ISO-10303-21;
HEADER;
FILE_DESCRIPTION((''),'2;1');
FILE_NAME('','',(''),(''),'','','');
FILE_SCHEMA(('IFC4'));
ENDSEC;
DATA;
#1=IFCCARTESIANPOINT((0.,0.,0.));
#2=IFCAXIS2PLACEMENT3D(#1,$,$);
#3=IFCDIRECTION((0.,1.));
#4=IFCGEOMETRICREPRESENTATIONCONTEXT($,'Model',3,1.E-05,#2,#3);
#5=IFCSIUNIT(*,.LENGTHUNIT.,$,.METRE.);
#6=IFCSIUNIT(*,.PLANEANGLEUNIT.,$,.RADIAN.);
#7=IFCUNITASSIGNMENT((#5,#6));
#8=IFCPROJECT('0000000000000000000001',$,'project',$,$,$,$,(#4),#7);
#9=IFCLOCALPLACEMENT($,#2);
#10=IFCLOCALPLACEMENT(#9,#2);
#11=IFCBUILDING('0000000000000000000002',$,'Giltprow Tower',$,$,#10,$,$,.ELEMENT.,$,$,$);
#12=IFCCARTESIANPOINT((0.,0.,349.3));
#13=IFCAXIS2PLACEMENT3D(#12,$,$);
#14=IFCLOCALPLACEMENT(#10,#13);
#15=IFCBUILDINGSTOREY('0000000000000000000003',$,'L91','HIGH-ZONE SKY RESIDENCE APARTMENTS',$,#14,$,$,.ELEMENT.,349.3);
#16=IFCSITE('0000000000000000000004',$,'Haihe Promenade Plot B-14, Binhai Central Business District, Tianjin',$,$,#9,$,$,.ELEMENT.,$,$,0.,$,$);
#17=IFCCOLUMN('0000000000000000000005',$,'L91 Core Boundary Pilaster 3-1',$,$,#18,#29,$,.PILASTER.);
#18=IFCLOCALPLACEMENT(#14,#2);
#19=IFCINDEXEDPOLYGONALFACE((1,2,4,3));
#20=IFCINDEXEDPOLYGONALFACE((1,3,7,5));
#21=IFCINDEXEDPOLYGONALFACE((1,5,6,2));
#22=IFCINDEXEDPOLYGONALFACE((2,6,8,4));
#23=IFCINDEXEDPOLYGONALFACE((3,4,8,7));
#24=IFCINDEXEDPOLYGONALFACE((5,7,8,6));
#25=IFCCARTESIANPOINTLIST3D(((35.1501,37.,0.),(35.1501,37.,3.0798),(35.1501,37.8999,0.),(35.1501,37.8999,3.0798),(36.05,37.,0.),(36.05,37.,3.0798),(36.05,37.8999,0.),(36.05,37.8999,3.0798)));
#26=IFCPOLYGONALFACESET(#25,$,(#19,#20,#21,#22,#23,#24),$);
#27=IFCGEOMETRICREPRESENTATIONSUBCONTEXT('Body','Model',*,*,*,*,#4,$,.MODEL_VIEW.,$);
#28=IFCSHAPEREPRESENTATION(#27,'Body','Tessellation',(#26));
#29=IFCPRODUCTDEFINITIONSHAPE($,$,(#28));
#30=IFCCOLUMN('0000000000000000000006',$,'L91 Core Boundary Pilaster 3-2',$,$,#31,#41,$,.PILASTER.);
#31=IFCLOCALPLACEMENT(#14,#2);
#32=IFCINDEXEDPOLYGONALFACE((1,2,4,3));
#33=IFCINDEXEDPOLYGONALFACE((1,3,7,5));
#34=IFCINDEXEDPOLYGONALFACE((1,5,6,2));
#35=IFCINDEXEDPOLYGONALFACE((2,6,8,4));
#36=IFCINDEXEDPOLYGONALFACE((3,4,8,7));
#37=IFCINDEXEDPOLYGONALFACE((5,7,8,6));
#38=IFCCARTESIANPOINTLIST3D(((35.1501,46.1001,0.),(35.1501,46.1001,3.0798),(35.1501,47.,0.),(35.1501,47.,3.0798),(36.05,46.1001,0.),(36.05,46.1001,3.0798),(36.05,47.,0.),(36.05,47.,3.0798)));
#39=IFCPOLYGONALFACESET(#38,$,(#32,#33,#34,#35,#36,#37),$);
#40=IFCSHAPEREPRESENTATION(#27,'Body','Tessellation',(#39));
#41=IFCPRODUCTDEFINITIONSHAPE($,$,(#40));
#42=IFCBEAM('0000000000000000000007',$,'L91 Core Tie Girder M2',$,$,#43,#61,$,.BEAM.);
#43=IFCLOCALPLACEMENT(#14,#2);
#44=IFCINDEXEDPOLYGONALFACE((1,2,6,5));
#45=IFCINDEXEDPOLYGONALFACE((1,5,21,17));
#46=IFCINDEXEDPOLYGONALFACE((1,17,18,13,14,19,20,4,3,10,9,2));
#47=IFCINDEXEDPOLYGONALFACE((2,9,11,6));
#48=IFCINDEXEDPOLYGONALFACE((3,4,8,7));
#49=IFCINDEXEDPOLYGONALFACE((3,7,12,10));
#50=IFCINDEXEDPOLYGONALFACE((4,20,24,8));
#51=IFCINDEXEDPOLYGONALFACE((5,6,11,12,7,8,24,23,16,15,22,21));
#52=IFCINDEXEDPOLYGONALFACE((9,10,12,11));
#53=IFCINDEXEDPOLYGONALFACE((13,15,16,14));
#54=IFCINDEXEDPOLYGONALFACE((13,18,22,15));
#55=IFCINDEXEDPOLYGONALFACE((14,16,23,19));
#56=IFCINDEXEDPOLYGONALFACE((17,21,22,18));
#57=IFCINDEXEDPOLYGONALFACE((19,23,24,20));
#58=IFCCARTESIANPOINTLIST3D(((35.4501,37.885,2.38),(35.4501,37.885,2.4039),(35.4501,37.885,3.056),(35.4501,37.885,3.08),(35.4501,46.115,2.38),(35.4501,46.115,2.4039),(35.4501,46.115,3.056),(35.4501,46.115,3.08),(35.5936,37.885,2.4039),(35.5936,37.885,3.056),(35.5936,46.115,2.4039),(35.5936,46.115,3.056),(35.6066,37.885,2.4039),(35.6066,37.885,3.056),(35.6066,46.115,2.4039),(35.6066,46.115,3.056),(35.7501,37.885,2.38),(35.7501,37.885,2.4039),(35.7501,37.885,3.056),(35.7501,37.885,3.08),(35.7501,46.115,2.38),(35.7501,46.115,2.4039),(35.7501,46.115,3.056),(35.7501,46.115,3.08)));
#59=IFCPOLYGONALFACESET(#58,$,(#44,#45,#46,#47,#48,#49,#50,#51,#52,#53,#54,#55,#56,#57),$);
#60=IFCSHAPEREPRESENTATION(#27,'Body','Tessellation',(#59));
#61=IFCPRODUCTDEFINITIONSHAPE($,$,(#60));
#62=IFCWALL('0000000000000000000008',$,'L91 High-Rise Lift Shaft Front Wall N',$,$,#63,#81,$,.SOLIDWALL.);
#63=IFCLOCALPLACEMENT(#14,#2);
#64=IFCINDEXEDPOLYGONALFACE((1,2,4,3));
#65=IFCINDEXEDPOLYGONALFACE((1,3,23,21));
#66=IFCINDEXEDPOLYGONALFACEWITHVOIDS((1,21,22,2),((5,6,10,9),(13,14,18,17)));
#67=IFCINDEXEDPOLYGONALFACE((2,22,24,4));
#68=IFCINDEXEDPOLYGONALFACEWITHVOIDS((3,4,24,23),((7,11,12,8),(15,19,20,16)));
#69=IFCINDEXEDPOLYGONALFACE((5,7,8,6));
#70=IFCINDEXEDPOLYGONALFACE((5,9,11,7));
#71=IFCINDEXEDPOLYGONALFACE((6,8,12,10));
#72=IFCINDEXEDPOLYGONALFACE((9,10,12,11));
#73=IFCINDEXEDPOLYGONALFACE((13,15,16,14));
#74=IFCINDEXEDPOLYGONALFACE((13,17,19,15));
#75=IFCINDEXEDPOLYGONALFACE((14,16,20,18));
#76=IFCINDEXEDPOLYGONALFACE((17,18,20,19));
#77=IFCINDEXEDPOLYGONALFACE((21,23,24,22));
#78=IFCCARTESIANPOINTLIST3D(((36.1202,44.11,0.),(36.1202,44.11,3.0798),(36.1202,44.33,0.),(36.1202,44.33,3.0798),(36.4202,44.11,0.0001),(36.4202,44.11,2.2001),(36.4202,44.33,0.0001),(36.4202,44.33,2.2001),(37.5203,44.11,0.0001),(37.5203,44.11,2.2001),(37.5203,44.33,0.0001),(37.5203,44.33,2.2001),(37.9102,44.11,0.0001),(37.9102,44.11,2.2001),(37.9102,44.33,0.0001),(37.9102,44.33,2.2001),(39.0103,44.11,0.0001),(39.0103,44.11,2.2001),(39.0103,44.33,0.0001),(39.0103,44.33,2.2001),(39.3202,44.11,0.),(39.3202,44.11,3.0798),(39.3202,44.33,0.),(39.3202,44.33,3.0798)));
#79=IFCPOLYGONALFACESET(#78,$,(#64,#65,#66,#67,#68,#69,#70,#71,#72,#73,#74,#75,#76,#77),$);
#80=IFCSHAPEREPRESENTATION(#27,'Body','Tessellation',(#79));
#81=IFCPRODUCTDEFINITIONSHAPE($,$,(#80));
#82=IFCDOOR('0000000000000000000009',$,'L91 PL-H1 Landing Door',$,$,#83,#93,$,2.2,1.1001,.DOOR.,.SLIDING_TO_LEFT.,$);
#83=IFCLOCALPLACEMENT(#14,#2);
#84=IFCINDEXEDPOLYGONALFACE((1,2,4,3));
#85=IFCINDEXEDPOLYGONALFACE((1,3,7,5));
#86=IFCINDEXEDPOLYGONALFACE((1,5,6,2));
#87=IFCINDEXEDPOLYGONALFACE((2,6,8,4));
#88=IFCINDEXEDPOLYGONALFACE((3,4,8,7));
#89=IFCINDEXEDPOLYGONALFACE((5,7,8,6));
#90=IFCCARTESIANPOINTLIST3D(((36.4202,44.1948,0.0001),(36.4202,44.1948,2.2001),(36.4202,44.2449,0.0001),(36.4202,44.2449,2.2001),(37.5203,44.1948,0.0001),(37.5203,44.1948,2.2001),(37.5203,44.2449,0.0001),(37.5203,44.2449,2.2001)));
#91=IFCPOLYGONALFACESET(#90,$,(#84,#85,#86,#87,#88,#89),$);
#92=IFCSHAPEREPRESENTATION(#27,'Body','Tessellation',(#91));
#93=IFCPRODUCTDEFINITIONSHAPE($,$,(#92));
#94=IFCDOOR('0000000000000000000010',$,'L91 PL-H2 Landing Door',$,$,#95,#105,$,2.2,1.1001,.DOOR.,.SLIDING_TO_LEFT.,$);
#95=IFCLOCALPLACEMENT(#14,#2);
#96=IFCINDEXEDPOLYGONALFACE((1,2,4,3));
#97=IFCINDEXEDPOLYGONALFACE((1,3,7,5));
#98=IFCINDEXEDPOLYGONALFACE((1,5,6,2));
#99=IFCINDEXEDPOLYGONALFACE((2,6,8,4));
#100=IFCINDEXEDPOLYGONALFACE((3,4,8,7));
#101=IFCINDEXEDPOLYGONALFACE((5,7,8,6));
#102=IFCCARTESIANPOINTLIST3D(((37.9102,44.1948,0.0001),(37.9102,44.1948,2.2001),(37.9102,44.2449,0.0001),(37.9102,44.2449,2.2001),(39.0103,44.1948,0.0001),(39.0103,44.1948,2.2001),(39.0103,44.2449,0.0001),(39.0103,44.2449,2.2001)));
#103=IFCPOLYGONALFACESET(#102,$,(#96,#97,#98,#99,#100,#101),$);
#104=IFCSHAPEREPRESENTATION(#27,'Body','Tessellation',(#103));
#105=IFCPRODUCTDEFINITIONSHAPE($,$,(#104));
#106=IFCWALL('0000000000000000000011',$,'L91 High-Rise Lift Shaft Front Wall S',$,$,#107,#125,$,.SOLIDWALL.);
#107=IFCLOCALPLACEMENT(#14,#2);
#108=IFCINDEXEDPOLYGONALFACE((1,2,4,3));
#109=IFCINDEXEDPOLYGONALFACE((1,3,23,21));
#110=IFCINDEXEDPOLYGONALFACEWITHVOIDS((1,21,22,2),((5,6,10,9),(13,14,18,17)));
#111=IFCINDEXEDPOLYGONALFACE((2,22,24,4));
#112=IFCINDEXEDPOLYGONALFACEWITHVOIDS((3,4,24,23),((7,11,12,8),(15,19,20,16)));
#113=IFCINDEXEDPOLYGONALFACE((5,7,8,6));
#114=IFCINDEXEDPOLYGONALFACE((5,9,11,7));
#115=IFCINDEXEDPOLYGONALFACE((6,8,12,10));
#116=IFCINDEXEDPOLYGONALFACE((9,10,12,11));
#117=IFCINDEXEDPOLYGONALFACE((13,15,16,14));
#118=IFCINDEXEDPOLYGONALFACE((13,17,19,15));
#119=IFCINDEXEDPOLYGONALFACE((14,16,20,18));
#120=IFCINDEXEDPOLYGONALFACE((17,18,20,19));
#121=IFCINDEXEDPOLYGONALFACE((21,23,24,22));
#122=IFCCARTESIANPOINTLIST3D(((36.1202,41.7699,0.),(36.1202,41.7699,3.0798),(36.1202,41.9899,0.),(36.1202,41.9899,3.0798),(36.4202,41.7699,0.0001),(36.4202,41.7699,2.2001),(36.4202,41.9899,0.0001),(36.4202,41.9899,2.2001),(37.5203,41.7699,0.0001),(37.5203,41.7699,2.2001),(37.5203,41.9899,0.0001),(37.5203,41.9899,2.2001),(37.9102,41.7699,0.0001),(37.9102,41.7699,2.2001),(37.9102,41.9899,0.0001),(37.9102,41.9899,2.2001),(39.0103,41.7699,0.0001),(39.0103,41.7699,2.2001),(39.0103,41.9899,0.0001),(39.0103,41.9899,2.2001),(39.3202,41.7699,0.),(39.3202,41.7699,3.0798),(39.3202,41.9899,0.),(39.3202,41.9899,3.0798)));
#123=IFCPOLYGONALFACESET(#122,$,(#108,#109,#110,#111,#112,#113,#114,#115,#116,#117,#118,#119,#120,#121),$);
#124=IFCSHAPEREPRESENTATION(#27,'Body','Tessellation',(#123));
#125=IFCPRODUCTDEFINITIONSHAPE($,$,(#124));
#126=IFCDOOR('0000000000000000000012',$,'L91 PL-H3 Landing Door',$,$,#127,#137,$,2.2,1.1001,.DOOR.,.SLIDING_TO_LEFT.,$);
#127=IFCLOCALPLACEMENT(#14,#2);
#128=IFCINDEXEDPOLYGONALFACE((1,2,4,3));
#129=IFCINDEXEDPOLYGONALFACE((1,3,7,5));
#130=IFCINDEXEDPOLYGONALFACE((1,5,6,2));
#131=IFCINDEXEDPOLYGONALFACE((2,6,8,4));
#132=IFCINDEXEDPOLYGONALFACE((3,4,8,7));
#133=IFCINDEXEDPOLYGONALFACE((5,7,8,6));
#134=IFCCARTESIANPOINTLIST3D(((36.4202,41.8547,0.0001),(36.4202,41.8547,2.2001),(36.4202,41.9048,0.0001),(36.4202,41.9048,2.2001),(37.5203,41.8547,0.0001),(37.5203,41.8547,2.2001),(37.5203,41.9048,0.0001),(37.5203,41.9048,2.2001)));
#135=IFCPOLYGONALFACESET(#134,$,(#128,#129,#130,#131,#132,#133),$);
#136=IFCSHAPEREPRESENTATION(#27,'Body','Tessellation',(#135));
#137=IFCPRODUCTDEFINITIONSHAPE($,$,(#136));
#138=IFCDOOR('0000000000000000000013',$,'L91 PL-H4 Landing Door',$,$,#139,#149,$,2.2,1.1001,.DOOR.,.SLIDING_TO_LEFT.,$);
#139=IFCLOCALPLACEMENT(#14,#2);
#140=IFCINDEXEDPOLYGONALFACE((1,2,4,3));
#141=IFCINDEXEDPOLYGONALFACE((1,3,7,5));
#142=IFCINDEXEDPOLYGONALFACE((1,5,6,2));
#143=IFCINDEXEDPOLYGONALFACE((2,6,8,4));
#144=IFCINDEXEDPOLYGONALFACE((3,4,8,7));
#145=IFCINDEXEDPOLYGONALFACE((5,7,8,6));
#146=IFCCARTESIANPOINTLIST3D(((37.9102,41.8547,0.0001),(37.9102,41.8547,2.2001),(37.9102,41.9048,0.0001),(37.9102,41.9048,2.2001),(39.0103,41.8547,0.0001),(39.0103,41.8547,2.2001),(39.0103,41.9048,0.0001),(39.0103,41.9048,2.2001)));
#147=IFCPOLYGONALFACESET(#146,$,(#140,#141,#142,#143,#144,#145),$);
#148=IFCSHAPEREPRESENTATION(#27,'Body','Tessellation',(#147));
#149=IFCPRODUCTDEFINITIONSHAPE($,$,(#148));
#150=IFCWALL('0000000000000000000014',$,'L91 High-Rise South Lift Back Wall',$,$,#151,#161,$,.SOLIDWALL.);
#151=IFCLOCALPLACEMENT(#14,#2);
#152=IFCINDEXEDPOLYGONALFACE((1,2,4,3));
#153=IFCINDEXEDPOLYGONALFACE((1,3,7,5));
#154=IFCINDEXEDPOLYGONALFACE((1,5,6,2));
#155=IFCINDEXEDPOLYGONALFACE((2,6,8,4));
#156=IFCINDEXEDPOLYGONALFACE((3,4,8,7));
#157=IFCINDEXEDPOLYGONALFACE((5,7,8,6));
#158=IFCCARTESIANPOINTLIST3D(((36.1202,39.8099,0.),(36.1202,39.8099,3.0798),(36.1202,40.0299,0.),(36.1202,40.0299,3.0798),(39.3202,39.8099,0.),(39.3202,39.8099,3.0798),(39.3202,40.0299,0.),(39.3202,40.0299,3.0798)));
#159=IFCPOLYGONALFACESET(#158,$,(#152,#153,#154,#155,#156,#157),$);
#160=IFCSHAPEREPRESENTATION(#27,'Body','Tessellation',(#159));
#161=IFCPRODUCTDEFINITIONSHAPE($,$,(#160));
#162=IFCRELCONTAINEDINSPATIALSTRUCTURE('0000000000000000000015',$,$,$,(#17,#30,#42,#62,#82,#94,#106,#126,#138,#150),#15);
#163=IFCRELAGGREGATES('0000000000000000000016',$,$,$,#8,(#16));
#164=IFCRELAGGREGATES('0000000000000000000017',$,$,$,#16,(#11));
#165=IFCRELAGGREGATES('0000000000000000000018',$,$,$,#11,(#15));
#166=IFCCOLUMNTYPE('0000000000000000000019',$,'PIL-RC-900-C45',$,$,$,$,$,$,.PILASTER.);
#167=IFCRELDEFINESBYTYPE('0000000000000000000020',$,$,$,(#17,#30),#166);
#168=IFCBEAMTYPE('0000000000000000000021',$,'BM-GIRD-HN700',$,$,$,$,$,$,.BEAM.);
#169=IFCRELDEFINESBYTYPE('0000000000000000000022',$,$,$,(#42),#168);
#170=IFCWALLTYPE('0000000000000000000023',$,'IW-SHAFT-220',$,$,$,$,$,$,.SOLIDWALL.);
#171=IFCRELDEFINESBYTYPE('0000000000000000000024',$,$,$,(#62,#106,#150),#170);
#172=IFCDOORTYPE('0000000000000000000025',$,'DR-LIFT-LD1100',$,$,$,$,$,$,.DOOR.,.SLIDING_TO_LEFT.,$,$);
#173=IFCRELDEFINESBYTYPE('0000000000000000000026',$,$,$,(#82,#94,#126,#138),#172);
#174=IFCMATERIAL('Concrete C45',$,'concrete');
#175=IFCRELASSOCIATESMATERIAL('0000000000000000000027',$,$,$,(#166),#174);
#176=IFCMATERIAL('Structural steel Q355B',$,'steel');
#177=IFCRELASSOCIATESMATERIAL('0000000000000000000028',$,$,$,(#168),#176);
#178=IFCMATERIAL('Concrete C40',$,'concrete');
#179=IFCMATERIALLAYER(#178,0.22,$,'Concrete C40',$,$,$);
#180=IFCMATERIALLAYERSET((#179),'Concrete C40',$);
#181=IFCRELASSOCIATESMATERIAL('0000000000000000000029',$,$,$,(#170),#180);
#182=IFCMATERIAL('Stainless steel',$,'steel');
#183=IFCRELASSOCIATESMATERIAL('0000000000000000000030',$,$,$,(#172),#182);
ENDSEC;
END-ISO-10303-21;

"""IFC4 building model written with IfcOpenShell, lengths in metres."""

from ifc_helpers import new_model, si_unit, direction, frame, frame_2d, origin, origin_2d, place, context, subcontext, project, spatial, rectangle, i_section, extrude, source, transform, mapped, material, layer, layer_set, material_profile, profile_set, type_object, element, fill, save


model = new_model("IFC4")

# Units and contexts
model_context = context("Model", 3, precision=1e-05, world=origin(), true_north=direction((0.0, 1.0)))
body_context = subcontext(model_context, "Body", "Model", "MODEL_VIEW")
ifc_project = project(units=[si_unit("LENGTHUNIT", "METRE"), si_unit("PLANEANGLEUNIT", "RADIAN")], contexts=[model_context])

# Site, building, storey
site_placement = place(None, origin())
site = spatial("IfcSite", under=ifc_project, at=site_placement, Name="Haihe Promenade Plot B-14, Binhai Central Business District, Tianjin", CompositionType="ELEMENT", RefElevation=0.0)
building_placement = place(site_placement, origin())
building = spatial("IfcBuilding", under=site, at=building_placement, Name="Giltprow Tower", CompositionType="ELEMENT")
storey_placement = place(building_placement, frame((0.0, 0.0, 349.3)))
storey = spatial("IfcBuildingStorey", under=building, at=storey_placement, Name="L91", Description="HIGH-ZONE SKY RESIDENCE APARTMENTS", CompositionType="ELEMENT", Elevation=349.3)

# Columns
ifc_material_1 = material(Name="Concrete C45", Category="concrete")
ifc_material_profile_1 = material_profile(ifc_material_1, rectangle(XDim=0.8999, YDim=0.8999, at=origin_2d()), Name="RC 900x900")
ifc_profile_set_1 = profile_set([ifc_material_profile_1], Name="Concrete C45")
column_type = type_object("IfcColumnType", Name="PIL-RC-900-C45", PredefinedType="PILASTER", material=ifc_profile_set_1)
shared_shape_1 = source(origin(), body_context, "Body", "SweptSolid", [
    extrude(rectangle(XDim=0.8999, YDim=0.8999, at=origin_2d()), origin(), (0.0, 0.0, 1.0), 3.0798),
])
for number, where, z_axis, x_axis, name in (
    (1, (35.6001, 37.45, 0.0), (0.0, 0.0, 1.0), (1.0, 0.0, 0.0), "L91 Core Boundary Pilaster 3-1"),
    (2, (35.6001, 46.55, 0.0), (0.0, 0.0, 1.0), (1.0, 0.0, 0.0), "L91 Core Boundary Pilaster 3-2"),
):
    element("IfcColumn", number, at=place(storey_placement, frame(where, z_axis=z_axis, x_axis=x_axis)), inside=storey, type_object=column_type, Name=name, PredefinedType="PILASTER", context=body_context, shape_type="MappedRepresentation", body=[
        mapped(shared_shape_1, transform((0.0, 0.0, 0.0), x_axis=(1.0, 0.0, 0.0), y_axis=(0.0, 1.0, 0.0), z_axis=(0.0, 0.0, 1.0), scale=1.0)),
    ])

# Beam
ifc_material_2 = material(Name="Structural steel Q355B", Category="steel")
ifc_material_profile_2 = material_profile(ifc_material_2, i_section(OverallWidth=0.3, OverallDepth=0.7, WebThickness=0.0129, FlangeThickness=0.0239, at=origin_2d()), Name="HN 700x300x13x24")
ifc_profile_set_2 = profile_set([ifc_material_profile_2], Name="Structural steel Q355B")
beam_type = type_object("IfcBeamType", Name="BM-GIRD-HN700", PredefinedType="BEAM", material=ifc_profile_set_2)
shared_shape_2 = source(origin(), body_context, "Body", "SweptSolid", [
    extrude(i_section(OverallWidth=0.3, OverallDepth=0.7, WebThickness=0.0129, FlangeThickness=0.0239, at=origin_2d()), origin(), (0.0, 0.0, 1.0), 8.23),
])
beam_placement = place(storey_placement, frame((35.6001, 37.885, 2.73), z_axis=(0.0, 1.0, 0.0), x_axis=(-1.0, 0.0, 0.0)))
element("IfcBeam", 3, at=beam_placement, inside=storey, type_object=beam_type, Name="L91 Core Tie Girder M2", PredefinedType="BEAM", context=body_context, shape_type="MappedRepresentation", body=[
    mapped(shared_shape_2, transform((0.0, 0.0, 0.0), x_axis=(1.0, 0.0, 0.0), y_axis=(0.0, 1.0, 0.0), z_axis=(0.0, 0.0, 1.0), scale=1.0)),
])

# Walls, openings, doors
ifc_material_3 = material(Name="Concrete C40", Category="concrete")
ifc_layer_1 = layer(ifc_material_3, 0.22, Name="Concrete C40")
ifc_layer_set_1 = layer_set([ifc_layer_1], Name="Concrete C40")
wall_type_1 = type_object("IfcWallType", Name="IW-SHAFT-220", PredefinedType="SOLIDWALL", material=ifc_layer_set_1)
wall_1_placement = place(storey_placement, frame((36.1201, 44.22, 0.0), z_axis=(0.0, 0.0, 1.0), x_axis=(1.0, 0.0, 0.0)))
wall_1 = element("IfcWall", 4, at=wall_1_placement, inside=storey, type_object=wall_type_1, Name="L91 High-Rise Lift Shaft Front Wall N", PredefinedType="SOLIDWALL", context=body_context, shape_type="SweptSolid", body=[
    extrude(rectangle(XDim=3.2, YDim=0.22, at=frame_2d((1.6001, 0.0))), origin(), (0.0, 0.0, 1.0), 3.0798),
])
opening_1_placement = place(wall_1_placement, frame((0.3, 0.0, 0.0)))
opening_1 = element("IfcOpeningElement", 5, at=opening_1_placement, cuts=wall_1, PredefinedType="OPENING", context=body_context, shape_type="SweptSolid", body=[
    extrude(rectangle(XDim=1.1001, YDim=2.2, at=frame_2d((0.55, 1.1001))), frame((0.0, 0.1199, 0.0), z_axis=(0.0, -1.0, 0.0), x_axis=(1.0, 0.0, 0.0)), (0.0, 0.0, 1.0), 0.24),
])
opening_2_placement = place(wall_1_placement, frame((1.79, 0.0, 0.0)))
opening_2 = element("IfcOpeningElement", 6, at=opening_2_placement, cuts=wall_1, PredefinedType="OPENING", context=body_context, shape_type="SweptSolid", body=[
    extrude(rectangle(XDim=1.1001, YDim=2.2, at=frame_2d((0.55, 1.1001))), frame((0.0, 0.1199, 0.0), z_axis=(0.0, -1.0, 0.0), x_axis=(1.0, 0.0, 0.0)), (0.0, 0.0, 1.0), 0.24),
])
ifc_material_4 = material(Name="Stainless steel", Category="steel")
door_type_1 = type_object("IfcDoorType", Name="DR-LIFT-LD1100", OperationType="SLIDING_TO_LEFT", PredefinedType="DOOR", material=ifc_material_4)
shared_shape_3 = source(origin(), body_context, "Body", "SweptSolid", [
    extrude(rectangle(XDim=1.1001, YDim=2.2, at=frame_2d((0.55, 1.1001))), frame((0.0, 0.0249, 0.0), z_axis=(0.0, -1.0, 0.0), x_axis=(1.0, 0.0, 0.0)), (0.0, 0.0, 1.0), 0.05),
])
door_1_placement = place(opening_1_placement, origin())
door_1 = element("IfcDoor", 7, at=door_1_placement, inside=storey, type_object=door_type_1, Name="L91 PL-H1 Landing Door", OperationType="SLIDING_TO_LEFT", OverallHeight=2.2, OverallWidth=1.1001, PredefinedType="DOOR", context=body_context, shape_type="MappedRepresentation", body=[
    mapped(shared_shape_3, transform((0.0, 0.0, 0.0), x_axis=(1.0, 0.0, 0.0), y_axis=(0.0, 1.0, 0.0), z_axis=(0.0, 0.0, 1.0), scale=1.0)),
])
fill(opening_1, door_1)
door_2_placement = place(opening_2_placement, origin())
door_2 = element("IfcDoor", 8, at=door_2_placement, inside=storey, type_object=door_type_1, Name="L91 PL-H2 Landing Door", OperationType="SLIDING_TO_LEFT", OverallHeight=2.2, OverallWidth=1.1001, PredefinedType="DOOR", context=body_context, shape_type="MappedRepresentation", body=[
    mapped(shared_shape_3, transform((0.0, 0.0, 0.0), x_axis=(1.0, 0.0, 0.0), y_axis=(0.0, 1.0, 0.0), z_axis=(0.0, 0.0, 1.0), scale=1.0)),
])
fill(opening_2, door_2)
wall_2_placement = place(storey_placement, frame((36.1201, 41.8799, 0.0), z_axis=(0.0, 0.0, 1.0), x_axis=(1.0, 0.0, 0.0)))
wall_2 = element("IfcWall", 9, at=wall_2_placement, inside=storey, type_object=wall_type_1, Name="L91 High-Rise Lift Shaft Front Wall S", PredefinedType="SOLIDWALL", context=body_context, shape_type="SweptSolid", body=[
    extrude(rectangle(XDim=3.2, YDim=0.22, at=frame_2d((1.6001, 0.0))), origin(), (0.0, 0.0, 1.0), 3.0798),
])
opening_3_placement = place(wall_2_placement, frame((0.3, 0.0, 0.0)))
opening_3 = element("IfcOpeningElement", 10, at=opening_3_placement, cuts=wall_2, PredefinedType="OPENING", context=body_context, shape_type="SweptSolid", body=[
    extrude(rectangle(XDim=1.1001, YDim=2.2, at=frame_2d((0.55, 1.1001))), frame((0.0, 0.1199, 0.0), z_axis=(0.0, -1.0, 0.0), x_axis=(1.0, 0.0, 0.0)), (0.0, 0.0, 1.0), 0.24),
])
opening_4_placement = place(wall_2_placement, frame((1.79, 0.0, 0.0)))
opening_4 = element("IfcOpeningElement", 11, at=opening_4_placement, cuts=wall_2, PredefinedType="OPENING", context=body_context, shape_type="SweptSolid", body=[
    extrude(rectangle(XDim=1.1001, YDim=2.2, at=frame_2d((0.55, 1.1001))), frame((0.0, 0.1199, 0.0), z_axis=(0.0, -1.0, 0.0), x_axis=(1.0, 0.0, 0.0)), (0.0, 0.0, 1.0), 0.24),
])
door_3_placement = place(opening_3_placement, origin())
door_3 = element("IfcDoor", 12, at=door_3_placement, inside=storey, type_object=door_type_1, Name="L91 PL-H3 Landing Door", OperationType="SLIDING_TO_LEFT", OverallHeight=2.2, OverallWidth=1.1001, PredefinedType="DOOR", context=body_context, shape_type="MappedRepresentation", body=[
    mapped(shared_shape_3, transform((0.0, 0.0, 0.0), x_axis=(1.0, 0.0, 0.0), y_axis=(0.0, 1.0, 0.0), z_axis=(0.0, 0.0, 1.0), scale=1.0)),
])
fill(opening_3, door_3)
door_4_placement = place(opening_4_placement, origin())
door_4 = element("IfcDoor", 13, at=door_4_placement, inside=storey, type_object=door_type_1, Name="L91 PL-H4 Landing Door", OperationType="SLIDING_TO_LEFT", OverallHeight=2.2, OverallWidth=1.1001, PredefinedType="DOOR", context=body_context, shape_type="MappedRepresentation", body=[
    mapped(shared_shape_3, transform((0.0, 0.0, 0.0), x_axis=(1.0, 0.0, 0.0), y_axis=(0.0, 1.0, 0.0), z_axis=(0.0, 0.0, 1.0), scale=1.0)),
])
fill(opening_4, door_4)

# Wall
wall_3_placement = place(storey_placement, frame((36.1201, 39.9199, 0.0), z_axis=(0.0, 0.0, 1.0), x_axis=(1.0, 0.0, 0.0)))
element("IfcWall", 14, at=wall_3_placement, inside=storey, type_object=wall_type_1, Name="L91 High-Rise South Lift Back Wall", PredefinedType="SOLIDWALL", context=body_context, shape_type="SweptSolid", body=[
    extrude(rectangle(XDim=3.2, YDim=0.22, at=frame_2d((1.6001, 0.0))), origin(), (0.0, 0.0, 1.0), 3.0798),
])

save(model, "model.ifc")
